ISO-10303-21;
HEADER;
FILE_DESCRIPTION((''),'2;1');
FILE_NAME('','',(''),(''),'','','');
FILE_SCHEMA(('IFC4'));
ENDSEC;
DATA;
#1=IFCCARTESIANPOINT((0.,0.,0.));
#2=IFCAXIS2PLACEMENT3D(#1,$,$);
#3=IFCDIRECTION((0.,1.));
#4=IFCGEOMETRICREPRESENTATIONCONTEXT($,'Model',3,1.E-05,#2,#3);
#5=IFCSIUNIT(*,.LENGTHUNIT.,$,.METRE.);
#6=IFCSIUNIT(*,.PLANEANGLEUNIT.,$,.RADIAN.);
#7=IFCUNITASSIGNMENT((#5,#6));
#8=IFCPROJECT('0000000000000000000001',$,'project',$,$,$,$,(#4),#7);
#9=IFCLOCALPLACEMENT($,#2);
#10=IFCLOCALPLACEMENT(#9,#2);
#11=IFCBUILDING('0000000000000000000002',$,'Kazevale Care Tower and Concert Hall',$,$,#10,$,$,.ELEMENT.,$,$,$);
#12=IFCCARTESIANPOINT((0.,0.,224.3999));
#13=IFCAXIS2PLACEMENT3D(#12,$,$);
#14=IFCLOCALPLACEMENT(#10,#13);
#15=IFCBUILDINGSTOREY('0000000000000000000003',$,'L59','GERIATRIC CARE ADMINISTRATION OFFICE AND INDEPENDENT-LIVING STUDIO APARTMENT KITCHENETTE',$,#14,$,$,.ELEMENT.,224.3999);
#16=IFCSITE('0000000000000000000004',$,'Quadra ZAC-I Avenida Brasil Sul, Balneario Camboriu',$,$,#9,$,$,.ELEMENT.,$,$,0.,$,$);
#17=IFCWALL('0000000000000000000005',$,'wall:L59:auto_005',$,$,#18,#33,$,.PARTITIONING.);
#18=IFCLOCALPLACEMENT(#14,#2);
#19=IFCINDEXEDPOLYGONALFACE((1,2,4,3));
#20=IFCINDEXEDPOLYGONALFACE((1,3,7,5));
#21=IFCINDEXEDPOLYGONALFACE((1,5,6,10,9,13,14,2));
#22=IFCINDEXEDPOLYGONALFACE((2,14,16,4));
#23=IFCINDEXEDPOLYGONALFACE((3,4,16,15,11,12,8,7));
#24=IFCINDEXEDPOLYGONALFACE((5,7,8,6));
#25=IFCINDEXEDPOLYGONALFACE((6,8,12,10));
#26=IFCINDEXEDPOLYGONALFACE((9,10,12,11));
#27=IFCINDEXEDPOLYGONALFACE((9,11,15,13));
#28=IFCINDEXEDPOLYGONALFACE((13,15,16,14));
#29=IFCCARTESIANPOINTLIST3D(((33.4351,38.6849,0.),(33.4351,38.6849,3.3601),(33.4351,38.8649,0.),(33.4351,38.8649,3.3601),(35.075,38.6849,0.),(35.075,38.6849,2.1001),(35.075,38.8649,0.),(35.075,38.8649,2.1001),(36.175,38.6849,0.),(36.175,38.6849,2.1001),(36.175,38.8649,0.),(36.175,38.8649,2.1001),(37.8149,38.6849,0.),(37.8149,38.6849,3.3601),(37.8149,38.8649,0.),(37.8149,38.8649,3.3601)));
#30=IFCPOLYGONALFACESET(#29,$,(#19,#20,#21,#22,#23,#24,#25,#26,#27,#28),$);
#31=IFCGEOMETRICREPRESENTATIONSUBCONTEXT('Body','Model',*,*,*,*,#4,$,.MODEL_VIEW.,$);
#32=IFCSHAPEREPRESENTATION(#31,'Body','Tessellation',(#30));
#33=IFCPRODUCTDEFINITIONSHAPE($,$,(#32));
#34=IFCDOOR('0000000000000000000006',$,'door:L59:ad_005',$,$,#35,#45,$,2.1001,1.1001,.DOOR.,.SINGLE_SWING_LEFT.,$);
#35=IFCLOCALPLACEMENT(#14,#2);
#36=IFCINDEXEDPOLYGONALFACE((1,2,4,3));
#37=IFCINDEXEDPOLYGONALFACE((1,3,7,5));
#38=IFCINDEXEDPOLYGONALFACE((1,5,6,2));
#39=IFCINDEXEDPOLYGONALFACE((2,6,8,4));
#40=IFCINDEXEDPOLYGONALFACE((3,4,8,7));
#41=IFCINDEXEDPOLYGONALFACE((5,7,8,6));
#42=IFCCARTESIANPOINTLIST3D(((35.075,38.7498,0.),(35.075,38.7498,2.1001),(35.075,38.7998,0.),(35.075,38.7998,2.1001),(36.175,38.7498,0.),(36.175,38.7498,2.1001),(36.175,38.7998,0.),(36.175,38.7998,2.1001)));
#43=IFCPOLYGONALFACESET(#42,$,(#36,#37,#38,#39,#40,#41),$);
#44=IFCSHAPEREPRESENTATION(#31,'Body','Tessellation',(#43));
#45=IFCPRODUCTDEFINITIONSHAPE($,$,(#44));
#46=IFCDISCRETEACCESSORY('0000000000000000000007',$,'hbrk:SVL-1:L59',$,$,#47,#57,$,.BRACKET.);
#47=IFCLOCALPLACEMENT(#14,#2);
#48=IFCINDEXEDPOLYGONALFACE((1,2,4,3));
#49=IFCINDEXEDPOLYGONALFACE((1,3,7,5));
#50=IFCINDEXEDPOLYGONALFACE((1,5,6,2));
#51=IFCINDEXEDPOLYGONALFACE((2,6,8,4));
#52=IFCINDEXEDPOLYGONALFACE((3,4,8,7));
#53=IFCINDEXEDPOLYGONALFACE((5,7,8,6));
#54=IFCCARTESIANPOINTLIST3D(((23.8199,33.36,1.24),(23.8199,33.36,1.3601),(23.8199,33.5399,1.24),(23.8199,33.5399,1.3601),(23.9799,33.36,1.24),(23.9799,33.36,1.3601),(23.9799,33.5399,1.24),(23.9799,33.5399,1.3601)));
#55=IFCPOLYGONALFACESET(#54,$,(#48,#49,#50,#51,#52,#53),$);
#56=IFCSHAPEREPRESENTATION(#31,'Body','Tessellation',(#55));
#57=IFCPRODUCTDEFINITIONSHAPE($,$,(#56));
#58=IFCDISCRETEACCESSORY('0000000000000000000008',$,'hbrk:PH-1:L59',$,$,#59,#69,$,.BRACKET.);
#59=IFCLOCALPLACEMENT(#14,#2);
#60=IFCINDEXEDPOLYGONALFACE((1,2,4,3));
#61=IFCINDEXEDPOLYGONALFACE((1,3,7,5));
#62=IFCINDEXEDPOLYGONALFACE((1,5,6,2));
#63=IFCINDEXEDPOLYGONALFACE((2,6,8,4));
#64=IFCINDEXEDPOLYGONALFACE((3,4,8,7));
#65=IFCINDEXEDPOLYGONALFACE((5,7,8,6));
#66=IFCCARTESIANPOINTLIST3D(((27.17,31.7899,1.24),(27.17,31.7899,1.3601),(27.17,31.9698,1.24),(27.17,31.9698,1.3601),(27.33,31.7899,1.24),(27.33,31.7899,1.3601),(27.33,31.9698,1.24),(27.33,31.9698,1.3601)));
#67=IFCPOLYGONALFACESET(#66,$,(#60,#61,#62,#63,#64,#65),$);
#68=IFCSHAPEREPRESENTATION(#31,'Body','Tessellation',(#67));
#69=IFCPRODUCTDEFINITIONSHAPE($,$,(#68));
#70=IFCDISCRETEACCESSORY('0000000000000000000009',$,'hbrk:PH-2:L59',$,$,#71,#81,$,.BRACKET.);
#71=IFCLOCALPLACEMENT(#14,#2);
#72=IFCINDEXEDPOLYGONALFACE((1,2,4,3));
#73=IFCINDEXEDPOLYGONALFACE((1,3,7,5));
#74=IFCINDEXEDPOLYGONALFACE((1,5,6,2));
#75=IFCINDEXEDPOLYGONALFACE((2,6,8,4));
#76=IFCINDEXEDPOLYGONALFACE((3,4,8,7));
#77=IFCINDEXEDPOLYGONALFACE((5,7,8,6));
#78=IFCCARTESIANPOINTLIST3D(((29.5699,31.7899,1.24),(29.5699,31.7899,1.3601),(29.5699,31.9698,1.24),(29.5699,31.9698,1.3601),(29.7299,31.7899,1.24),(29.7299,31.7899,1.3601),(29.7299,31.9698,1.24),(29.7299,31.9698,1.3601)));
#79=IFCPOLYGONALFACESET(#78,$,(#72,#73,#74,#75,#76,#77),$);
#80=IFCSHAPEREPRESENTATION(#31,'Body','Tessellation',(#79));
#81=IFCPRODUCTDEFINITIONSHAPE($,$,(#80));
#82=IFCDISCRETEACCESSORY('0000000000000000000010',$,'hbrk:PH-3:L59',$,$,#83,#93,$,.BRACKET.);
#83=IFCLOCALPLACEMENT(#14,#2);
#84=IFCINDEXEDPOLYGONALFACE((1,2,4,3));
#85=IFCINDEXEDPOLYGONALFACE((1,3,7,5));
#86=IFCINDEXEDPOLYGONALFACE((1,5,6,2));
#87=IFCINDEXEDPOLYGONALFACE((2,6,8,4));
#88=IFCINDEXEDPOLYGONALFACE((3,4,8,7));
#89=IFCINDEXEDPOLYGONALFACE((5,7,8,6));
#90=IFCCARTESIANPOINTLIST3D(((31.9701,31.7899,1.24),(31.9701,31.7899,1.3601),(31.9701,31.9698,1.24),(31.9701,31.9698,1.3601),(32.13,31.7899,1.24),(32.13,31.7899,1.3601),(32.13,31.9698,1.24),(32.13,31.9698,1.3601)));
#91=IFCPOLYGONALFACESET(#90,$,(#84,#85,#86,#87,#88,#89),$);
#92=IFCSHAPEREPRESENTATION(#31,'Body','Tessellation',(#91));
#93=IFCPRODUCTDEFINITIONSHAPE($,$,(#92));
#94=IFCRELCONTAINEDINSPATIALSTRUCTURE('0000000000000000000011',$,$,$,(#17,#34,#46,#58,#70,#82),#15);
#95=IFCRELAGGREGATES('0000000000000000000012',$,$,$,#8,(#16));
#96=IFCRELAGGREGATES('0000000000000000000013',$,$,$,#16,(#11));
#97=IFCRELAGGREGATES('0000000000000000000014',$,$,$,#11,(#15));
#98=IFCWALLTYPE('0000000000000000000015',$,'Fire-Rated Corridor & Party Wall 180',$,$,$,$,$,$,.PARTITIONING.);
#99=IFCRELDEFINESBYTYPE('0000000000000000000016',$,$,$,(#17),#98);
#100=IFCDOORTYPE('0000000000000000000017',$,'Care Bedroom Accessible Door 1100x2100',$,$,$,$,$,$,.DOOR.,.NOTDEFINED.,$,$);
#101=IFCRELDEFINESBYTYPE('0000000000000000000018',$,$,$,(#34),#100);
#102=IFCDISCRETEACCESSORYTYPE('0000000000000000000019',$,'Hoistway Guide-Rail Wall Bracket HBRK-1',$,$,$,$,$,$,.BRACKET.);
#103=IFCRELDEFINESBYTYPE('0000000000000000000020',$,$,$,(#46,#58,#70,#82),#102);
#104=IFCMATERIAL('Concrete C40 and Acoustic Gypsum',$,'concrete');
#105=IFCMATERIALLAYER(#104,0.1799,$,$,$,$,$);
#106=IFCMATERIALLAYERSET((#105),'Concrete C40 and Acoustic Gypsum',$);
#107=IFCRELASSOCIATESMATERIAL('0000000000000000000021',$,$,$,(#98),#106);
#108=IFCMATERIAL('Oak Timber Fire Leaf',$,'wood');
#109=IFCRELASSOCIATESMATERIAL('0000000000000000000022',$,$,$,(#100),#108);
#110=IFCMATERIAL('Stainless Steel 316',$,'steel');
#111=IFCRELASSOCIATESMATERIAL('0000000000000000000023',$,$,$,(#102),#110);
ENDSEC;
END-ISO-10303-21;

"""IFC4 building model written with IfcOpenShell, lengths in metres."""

from ifc_helpers import new_model, si_unit, direction, frame, frame_2d, origin, origin_2d, place, context, subcontext, project, spatial, rectangle, extrude, material, layer, layer_set, type_object, element, fill, save


model = new_model("IFC4")

# Units and contexts
model_context = context("Model", 3, precision=1e-05, world=origin(), true_north=direction((0.0, 1.0)))
body_context = subcontext(model_context, "Body", "Model", "MODEL_VIEW")
ifc_project = project(units=[si_unit("LENGTHUNIT", "METRE"), si_unit("PLANEANGLEUNIT", "RADIAN")], contexts=[model_context])

# Site, building, storey
site_placement = place(None, origin())
site = spatial("IfcSite", under=ifc_project, at=site_placement, Name="Quadra ZAC-I Avenida Brasil Sul, Balneario Camboriu", CompositionType="ELEMENT", RefElevation=0.0)
building_placement = place(site_placement, origin())
building = spatial("IfcBuilding", under=site, at=building_placement, Name="Kazevale Care Tower and Concert Hall", CompositionType="ELEMENT")
storey_placement = place(building_placement, frame((0.0, 0.0, 224.3999)))
storey = spatial("IfcBuildingStorey", under=building, at=storey_placement, Name="L59", Description="GERIATRIC CARE ADMINISTRATION OFFICE AND INDEPENDENT-LIVING STUDIO APARTMENT KITCHENETTE", CompositionType="ELEMENT", Elevation=224.3999)

# Shared definitions
ifc_material_1 = material(Name="Oak Timber Fire Leaf", Category="wood")

# Shared definitions
ifc_material_2 = material(Name="Stainless Steel 316", Category="steel")

# Wall, opening, door
ifc_material_3 = material(Name="Concrete C40 and Acoustic Gypsum", Category="concrete")
ifc_layer_1 = layer(ifc_material_3, 0.1799)
ifc_layer_set_1 = layer_set([ifc_layer_1], Name="Concrete C40 and Acoustic Gypsum")
wall_type_1 = type_object("IfcWallType", Name="Fire-Rated Corridor & Party Wall 180", PredefinedType="PARTITIONING", material=ifc_layer_set_1)
door_type_1 = type_object("IfcDoorType", Name="Care Bedroom Accessible Door 1100x2100", OperationType="NOTDEFINED", PredefinedType="DOOR", material=ifc_material_1)
wall_1_placement = place(storey_placement, frame((33.4351, 38.7749, 0.0), z_axis=(0.0, 0.0, 1.0), x_axis=(1.0, 0.0, 0.0)))
wall_1 = element("IfcWall", 1, at=wall_1_placement, inside=storey, type_object=wall_type_1, Name="wall:L59:auto_005", PredefinedType="PARTITIONING", context=body_context, shape_type="SweptSolid", body=[
    extrude(rectangle(XDim=4.3799, YDim=0.1799, at=frame_2d((2.1899, 0.0))), origin(), (0.0, 0.0, 1.0), 3.3601),
])
opening_1_placement = place(wall_1_placement, frame((1.6399, 0.0, 0.0)))
opening_1 = element("IfcOpeningElement", 2, at=opening_1_placement, cuts=wall_1, PredefinedType="OPENING", context=body_context, shape_type="SweptSolid", body=[
    extrude(rectangle(XDim=1.1001, YDim=2.1001, at=frame_2d((0.55, 1.05))), frame((0.0, 0.0999, 0.0), z_axis=(0.0, -1.0, 0.0), x_axis=(1.0, 0.0, 0.0)), (0.0, 0.0, 1.0), 0.2),
])
door_1_placement = place(opening_1_placement, origin())
door_1 = element("IfcDoor", 3, at=door_1_placement, inside=storey, type_object=door_type_1, Name="door:L59:ad_005", OperationType="SINGLE_SWING_LEFT", OverallHeight=2.1001, OverallWidth=1.1001, PredefinedType="DOOR", context=body_context, shape_type="SweptSolid", body=[
    extrude(rectangle(XDim=1.1001, YDim=2.1001, at=frame_2d((0.55, 1.05))), frame((0.0, 0.0249, 0.0), z_axis=(0.0, -1.0, 0.0), x_axis=(1.0, 0.0, 0.0)), (0.0, 0.0, 1.0), 0.05),
])
fill(opening_1, door_1)

# Discrete accessories
discrete_accessory_type = type_object("IfcDiscreteAccessoryType", Name="Hoistway Guide-Rail Wall Bracket HBRK-1", PredefinedType="BRACKET", material=ifc_material_2)
for number, where, z_axis, x_axis, name in (
    (4, (23.8999, 33.45, 1.24), (0.0, 0.0, 1.0), (1.0, 0.0, 0.0), "hbrk:SVL-1:L59"),
    (5, (27.25, 31.8799, 1.24), (0.0, 0.0, 1.0), (1.0, 0.0, 0.0), "hbrk:PH-1:L59"),
    (6, (29.6499, 31.8799, 1.24), (0.0, 0.0, 1.0), (1.0, 0.0, 0.0), "hbrk:PH-2:L59"),
    (7, (32.05, 31.8799, 1.24), (0.0, 0.0, 1.0), (1.0, 0.0, 0.0), "hbrk:PH-3:L59"),
):
    element("IfcDiscreteAccessory", number, at=place(storey_placement, frame(where, z_axis=z_axis, x_axis=x_axis)), inside=storey, type_object=discrete_accessory_type, Name=name, PredefinedType="BRACKET", context=body_context, shape_type="SweptSolid", body=[
        extrude(rectangle(XDim=0.1599, YDim=0.1799, at=origin_2d()), origin(), (0.0, 0.0, 1.0), 0.1201),
    ])

save(model, "model.ifc")
